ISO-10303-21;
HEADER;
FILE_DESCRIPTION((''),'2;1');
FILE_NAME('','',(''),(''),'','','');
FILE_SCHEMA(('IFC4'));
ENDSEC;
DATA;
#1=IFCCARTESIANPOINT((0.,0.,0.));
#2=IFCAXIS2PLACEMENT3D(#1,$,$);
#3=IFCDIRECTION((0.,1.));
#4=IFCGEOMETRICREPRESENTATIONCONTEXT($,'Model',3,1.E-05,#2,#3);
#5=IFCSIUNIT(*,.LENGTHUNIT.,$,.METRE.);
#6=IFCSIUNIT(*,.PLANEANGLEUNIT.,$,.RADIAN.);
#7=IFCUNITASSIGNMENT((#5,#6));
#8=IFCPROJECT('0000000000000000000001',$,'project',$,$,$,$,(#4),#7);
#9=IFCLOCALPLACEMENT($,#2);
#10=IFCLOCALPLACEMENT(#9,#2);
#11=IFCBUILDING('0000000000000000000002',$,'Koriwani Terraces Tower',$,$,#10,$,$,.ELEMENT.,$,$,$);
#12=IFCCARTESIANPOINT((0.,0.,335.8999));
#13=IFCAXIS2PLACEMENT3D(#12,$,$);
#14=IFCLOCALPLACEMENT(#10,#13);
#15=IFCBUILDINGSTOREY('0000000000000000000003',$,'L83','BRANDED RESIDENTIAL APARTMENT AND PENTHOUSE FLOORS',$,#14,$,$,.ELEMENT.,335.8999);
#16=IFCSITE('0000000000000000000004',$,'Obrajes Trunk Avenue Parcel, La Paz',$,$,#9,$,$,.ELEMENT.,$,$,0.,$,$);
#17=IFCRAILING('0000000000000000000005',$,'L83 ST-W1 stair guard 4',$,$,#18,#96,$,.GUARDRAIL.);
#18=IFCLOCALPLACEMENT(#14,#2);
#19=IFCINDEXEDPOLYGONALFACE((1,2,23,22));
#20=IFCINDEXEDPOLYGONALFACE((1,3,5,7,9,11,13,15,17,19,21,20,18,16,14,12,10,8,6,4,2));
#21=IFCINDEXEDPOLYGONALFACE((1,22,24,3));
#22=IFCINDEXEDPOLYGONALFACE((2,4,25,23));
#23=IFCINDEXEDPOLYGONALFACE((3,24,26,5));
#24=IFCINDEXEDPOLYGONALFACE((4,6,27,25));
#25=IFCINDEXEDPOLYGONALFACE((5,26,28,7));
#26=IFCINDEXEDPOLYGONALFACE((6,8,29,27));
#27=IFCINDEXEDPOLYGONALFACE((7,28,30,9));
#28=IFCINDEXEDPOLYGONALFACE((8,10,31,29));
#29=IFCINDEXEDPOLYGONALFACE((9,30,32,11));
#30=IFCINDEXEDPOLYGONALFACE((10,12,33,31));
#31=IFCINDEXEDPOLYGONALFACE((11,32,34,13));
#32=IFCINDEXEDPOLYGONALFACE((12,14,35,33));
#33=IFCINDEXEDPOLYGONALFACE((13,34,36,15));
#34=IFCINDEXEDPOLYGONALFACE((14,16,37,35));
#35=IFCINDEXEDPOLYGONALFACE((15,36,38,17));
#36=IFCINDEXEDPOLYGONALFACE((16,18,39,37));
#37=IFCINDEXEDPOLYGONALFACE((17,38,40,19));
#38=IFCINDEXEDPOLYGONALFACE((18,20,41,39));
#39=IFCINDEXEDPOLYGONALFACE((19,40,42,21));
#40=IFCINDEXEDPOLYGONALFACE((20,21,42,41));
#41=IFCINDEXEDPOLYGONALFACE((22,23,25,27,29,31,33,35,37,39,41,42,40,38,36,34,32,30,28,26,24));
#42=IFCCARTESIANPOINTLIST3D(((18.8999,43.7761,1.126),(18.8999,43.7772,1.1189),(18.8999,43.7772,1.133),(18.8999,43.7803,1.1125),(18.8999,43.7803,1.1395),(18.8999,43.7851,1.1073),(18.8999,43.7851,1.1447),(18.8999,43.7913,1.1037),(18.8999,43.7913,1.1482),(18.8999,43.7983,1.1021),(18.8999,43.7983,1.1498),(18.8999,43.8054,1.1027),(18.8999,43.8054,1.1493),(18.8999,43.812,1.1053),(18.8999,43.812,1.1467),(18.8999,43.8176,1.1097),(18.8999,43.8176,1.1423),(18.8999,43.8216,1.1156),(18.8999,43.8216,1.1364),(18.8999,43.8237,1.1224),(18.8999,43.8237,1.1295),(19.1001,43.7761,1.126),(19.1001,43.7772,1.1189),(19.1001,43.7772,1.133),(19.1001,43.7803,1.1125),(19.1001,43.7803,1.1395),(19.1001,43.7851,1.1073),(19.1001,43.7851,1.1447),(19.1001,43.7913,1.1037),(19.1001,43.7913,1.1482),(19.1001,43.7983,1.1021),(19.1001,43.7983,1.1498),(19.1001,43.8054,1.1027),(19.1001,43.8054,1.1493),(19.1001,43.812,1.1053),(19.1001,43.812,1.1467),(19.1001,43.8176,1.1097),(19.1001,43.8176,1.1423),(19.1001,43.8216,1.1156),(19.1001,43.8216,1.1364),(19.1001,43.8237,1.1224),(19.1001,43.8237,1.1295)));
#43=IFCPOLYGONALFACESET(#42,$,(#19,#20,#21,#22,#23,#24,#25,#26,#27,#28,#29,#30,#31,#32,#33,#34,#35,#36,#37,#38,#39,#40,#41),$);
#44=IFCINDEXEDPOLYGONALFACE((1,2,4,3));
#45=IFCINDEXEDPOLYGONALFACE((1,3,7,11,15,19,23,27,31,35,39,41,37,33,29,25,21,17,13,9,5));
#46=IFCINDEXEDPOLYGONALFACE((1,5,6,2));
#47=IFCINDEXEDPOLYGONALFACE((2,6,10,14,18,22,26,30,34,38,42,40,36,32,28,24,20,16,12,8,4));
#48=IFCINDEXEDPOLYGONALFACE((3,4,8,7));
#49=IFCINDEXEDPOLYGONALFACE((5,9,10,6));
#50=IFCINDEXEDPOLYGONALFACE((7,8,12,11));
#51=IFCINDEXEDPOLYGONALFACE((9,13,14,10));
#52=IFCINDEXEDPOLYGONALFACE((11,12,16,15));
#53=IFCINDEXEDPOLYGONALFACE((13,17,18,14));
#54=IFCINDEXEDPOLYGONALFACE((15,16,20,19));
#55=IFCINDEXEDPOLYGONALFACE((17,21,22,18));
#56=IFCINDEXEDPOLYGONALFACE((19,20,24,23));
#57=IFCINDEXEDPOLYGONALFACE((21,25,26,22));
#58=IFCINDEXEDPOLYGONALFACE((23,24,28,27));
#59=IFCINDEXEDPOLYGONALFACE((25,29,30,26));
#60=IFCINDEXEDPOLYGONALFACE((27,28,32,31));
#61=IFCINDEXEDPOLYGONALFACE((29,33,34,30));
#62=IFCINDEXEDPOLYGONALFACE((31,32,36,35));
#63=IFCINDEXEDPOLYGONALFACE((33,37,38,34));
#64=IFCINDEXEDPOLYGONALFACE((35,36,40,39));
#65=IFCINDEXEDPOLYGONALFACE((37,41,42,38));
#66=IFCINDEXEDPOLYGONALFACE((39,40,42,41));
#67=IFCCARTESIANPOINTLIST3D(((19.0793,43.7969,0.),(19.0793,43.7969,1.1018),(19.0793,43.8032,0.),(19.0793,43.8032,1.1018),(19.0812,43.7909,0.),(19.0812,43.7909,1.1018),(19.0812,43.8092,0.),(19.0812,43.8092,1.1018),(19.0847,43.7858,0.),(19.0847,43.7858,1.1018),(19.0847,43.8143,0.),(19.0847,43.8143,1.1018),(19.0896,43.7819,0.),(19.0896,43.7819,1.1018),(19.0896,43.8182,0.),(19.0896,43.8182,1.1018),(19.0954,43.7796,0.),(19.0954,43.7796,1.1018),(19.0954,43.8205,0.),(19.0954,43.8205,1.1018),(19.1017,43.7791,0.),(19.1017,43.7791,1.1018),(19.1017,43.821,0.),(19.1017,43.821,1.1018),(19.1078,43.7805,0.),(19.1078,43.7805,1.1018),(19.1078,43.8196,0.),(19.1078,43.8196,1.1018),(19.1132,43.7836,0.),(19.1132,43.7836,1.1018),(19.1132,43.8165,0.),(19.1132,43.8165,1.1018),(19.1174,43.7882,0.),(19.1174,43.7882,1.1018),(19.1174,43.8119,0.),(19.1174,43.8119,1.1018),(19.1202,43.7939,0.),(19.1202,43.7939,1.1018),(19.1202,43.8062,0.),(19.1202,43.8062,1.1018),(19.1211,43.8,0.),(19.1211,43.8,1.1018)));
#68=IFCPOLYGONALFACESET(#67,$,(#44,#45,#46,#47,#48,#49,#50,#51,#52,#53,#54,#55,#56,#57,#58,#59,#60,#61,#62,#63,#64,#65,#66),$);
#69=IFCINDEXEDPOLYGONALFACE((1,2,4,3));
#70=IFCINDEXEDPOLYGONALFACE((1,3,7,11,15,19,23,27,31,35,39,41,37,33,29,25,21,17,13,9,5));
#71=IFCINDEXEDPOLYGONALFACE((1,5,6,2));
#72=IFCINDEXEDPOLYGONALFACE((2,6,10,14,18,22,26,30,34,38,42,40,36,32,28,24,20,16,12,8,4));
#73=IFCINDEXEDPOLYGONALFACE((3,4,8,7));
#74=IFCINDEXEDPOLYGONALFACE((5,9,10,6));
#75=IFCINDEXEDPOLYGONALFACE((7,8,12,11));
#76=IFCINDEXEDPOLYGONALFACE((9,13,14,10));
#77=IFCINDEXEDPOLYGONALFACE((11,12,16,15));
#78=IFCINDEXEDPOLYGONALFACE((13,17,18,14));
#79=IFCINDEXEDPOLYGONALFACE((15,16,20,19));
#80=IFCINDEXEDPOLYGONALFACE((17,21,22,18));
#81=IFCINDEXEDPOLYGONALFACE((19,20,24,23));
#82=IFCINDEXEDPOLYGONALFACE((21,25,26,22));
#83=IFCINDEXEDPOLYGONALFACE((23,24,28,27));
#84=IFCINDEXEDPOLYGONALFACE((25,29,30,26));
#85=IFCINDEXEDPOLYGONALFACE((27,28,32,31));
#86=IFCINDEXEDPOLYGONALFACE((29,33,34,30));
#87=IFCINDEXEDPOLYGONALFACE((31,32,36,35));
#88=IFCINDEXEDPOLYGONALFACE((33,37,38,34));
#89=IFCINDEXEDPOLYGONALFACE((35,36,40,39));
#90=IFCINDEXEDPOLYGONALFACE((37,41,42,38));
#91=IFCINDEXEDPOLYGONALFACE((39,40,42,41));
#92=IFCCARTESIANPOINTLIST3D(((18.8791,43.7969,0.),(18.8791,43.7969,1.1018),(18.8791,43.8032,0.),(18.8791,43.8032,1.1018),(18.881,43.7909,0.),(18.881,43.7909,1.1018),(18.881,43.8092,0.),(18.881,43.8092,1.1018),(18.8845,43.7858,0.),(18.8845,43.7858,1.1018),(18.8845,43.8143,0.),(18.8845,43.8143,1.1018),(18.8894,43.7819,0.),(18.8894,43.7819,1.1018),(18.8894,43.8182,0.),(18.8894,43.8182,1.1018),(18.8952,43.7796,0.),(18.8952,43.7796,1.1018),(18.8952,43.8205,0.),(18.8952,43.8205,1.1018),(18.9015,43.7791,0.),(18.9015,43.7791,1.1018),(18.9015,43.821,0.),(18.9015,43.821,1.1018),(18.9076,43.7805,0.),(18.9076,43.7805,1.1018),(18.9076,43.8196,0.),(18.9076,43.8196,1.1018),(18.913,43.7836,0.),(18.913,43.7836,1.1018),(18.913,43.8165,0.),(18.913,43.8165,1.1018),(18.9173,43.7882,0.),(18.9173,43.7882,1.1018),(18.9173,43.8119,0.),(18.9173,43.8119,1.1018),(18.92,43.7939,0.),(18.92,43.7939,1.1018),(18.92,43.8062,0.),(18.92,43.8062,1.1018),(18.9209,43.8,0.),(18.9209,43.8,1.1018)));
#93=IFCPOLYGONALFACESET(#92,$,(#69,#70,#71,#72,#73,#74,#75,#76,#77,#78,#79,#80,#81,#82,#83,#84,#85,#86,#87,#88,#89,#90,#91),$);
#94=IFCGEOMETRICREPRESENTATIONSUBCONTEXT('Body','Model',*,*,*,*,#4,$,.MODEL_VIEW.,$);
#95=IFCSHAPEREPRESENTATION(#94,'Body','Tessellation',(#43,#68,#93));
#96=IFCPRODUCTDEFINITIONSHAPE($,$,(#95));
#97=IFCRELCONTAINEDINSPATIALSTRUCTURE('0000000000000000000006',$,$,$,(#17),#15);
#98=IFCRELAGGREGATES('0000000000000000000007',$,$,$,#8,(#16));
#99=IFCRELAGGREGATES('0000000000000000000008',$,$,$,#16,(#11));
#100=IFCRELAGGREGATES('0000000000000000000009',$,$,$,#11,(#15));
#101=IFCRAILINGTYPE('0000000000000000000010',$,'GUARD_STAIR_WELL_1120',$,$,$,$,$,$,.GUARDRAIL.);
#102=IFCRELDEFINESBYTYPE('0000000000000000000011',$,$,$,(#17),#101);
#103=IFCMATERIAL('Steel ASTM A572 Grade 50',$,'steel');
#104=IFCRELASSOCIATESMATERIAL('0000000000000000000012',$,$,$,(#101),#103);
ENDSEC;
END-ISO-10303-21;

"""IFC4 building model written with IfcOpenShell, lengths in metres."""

from ifc_helpers import new_model, si_unit, direction, frame, origin, origin_2d, place, context, subcontext, project, spatial, circle, extrude, material, type_object, element, save


model = new_model("IFC4")

# Units and contexts
model_context = context("Model", 3, precision=1e-05, world=origin(), true_north=direction((0.0, 1.0)))
body_context = subcontext(model_context, "Body", "Model", "MODEL_VIEW")
ifc_project = project(units=[si_unit("LENGTHUNIT", "METRE"), si_unit("PLANEANGLEUNIT", "RADIAN")], contexts=[model_context])

# Site, building, storey
site_placement = place(None, origin())
site = spatial("IfcSite", under=ifc_project, at=site_placement, Name="Obrajes Trunk Avenue Parcel, La Paz", CompositionType="ELEMENT", RefElevation=0.0)
building_placement = place(site_placement, origin())
building = spatial("IfcBuilding", under=site, at=building_placement, Name="Koriwani Terraces Tower", CompositionType="ELEMENT")
storey_placement = place(building_placement, frame((0.0, 0.0, 335.8999)))
storey = spatial("IfcBuildingStorey", under=building, at=storey_placement, Name="L83", Description="BRANDED RESIDENTIAL APARTMENT AND PENTHOUSE FLOORS", CompositionType="ELEMENT", Elevation=335.8999)

# Shared definitions
ifc_material_1 = material(Name="Steel ASTM A572 Grade 50", Category="steel")

# Railing
railing_type_1 = type_object("IfcRailingType", Name="GUARD_STAIR_WELL_1120", PredefinedType="GUARDRAIL", material=ifc_material_1)
railing_1_placement = place(storey_placement, frame((19.1001, 43.8, 0.0)))
element("IfcRailing", 1, at=railing_1_placement, inside=storey, type_object=railing_type_1, Name="L83 ST-W1 stair guard 4", PredefinedType="GUARDRAIL", context=body_context, shape_type="SweptSolid", body=[
    extrude(circle(Radius=0.0239, at=origin_2d()), frame((0.0, 0.0, 1.126), z_axis=(-1.0, 0.0, 0.0), x_axis=(0.0, -1.0, 0.0)), (0.0, 0.0, 1.0), 0.2002),
    extrude(circle(Radius=0.021, at=origin_2d()), origin(), (0.0, 0.0, 1.0), 1.1018),
    extrude(circle(Radius=0.021, at=origin_2d()), frame((-0.2002, 0.0, 0.0)), (0.0, 0.0, 1.0), 1.1018),
])

save(model, "model.ifc")
